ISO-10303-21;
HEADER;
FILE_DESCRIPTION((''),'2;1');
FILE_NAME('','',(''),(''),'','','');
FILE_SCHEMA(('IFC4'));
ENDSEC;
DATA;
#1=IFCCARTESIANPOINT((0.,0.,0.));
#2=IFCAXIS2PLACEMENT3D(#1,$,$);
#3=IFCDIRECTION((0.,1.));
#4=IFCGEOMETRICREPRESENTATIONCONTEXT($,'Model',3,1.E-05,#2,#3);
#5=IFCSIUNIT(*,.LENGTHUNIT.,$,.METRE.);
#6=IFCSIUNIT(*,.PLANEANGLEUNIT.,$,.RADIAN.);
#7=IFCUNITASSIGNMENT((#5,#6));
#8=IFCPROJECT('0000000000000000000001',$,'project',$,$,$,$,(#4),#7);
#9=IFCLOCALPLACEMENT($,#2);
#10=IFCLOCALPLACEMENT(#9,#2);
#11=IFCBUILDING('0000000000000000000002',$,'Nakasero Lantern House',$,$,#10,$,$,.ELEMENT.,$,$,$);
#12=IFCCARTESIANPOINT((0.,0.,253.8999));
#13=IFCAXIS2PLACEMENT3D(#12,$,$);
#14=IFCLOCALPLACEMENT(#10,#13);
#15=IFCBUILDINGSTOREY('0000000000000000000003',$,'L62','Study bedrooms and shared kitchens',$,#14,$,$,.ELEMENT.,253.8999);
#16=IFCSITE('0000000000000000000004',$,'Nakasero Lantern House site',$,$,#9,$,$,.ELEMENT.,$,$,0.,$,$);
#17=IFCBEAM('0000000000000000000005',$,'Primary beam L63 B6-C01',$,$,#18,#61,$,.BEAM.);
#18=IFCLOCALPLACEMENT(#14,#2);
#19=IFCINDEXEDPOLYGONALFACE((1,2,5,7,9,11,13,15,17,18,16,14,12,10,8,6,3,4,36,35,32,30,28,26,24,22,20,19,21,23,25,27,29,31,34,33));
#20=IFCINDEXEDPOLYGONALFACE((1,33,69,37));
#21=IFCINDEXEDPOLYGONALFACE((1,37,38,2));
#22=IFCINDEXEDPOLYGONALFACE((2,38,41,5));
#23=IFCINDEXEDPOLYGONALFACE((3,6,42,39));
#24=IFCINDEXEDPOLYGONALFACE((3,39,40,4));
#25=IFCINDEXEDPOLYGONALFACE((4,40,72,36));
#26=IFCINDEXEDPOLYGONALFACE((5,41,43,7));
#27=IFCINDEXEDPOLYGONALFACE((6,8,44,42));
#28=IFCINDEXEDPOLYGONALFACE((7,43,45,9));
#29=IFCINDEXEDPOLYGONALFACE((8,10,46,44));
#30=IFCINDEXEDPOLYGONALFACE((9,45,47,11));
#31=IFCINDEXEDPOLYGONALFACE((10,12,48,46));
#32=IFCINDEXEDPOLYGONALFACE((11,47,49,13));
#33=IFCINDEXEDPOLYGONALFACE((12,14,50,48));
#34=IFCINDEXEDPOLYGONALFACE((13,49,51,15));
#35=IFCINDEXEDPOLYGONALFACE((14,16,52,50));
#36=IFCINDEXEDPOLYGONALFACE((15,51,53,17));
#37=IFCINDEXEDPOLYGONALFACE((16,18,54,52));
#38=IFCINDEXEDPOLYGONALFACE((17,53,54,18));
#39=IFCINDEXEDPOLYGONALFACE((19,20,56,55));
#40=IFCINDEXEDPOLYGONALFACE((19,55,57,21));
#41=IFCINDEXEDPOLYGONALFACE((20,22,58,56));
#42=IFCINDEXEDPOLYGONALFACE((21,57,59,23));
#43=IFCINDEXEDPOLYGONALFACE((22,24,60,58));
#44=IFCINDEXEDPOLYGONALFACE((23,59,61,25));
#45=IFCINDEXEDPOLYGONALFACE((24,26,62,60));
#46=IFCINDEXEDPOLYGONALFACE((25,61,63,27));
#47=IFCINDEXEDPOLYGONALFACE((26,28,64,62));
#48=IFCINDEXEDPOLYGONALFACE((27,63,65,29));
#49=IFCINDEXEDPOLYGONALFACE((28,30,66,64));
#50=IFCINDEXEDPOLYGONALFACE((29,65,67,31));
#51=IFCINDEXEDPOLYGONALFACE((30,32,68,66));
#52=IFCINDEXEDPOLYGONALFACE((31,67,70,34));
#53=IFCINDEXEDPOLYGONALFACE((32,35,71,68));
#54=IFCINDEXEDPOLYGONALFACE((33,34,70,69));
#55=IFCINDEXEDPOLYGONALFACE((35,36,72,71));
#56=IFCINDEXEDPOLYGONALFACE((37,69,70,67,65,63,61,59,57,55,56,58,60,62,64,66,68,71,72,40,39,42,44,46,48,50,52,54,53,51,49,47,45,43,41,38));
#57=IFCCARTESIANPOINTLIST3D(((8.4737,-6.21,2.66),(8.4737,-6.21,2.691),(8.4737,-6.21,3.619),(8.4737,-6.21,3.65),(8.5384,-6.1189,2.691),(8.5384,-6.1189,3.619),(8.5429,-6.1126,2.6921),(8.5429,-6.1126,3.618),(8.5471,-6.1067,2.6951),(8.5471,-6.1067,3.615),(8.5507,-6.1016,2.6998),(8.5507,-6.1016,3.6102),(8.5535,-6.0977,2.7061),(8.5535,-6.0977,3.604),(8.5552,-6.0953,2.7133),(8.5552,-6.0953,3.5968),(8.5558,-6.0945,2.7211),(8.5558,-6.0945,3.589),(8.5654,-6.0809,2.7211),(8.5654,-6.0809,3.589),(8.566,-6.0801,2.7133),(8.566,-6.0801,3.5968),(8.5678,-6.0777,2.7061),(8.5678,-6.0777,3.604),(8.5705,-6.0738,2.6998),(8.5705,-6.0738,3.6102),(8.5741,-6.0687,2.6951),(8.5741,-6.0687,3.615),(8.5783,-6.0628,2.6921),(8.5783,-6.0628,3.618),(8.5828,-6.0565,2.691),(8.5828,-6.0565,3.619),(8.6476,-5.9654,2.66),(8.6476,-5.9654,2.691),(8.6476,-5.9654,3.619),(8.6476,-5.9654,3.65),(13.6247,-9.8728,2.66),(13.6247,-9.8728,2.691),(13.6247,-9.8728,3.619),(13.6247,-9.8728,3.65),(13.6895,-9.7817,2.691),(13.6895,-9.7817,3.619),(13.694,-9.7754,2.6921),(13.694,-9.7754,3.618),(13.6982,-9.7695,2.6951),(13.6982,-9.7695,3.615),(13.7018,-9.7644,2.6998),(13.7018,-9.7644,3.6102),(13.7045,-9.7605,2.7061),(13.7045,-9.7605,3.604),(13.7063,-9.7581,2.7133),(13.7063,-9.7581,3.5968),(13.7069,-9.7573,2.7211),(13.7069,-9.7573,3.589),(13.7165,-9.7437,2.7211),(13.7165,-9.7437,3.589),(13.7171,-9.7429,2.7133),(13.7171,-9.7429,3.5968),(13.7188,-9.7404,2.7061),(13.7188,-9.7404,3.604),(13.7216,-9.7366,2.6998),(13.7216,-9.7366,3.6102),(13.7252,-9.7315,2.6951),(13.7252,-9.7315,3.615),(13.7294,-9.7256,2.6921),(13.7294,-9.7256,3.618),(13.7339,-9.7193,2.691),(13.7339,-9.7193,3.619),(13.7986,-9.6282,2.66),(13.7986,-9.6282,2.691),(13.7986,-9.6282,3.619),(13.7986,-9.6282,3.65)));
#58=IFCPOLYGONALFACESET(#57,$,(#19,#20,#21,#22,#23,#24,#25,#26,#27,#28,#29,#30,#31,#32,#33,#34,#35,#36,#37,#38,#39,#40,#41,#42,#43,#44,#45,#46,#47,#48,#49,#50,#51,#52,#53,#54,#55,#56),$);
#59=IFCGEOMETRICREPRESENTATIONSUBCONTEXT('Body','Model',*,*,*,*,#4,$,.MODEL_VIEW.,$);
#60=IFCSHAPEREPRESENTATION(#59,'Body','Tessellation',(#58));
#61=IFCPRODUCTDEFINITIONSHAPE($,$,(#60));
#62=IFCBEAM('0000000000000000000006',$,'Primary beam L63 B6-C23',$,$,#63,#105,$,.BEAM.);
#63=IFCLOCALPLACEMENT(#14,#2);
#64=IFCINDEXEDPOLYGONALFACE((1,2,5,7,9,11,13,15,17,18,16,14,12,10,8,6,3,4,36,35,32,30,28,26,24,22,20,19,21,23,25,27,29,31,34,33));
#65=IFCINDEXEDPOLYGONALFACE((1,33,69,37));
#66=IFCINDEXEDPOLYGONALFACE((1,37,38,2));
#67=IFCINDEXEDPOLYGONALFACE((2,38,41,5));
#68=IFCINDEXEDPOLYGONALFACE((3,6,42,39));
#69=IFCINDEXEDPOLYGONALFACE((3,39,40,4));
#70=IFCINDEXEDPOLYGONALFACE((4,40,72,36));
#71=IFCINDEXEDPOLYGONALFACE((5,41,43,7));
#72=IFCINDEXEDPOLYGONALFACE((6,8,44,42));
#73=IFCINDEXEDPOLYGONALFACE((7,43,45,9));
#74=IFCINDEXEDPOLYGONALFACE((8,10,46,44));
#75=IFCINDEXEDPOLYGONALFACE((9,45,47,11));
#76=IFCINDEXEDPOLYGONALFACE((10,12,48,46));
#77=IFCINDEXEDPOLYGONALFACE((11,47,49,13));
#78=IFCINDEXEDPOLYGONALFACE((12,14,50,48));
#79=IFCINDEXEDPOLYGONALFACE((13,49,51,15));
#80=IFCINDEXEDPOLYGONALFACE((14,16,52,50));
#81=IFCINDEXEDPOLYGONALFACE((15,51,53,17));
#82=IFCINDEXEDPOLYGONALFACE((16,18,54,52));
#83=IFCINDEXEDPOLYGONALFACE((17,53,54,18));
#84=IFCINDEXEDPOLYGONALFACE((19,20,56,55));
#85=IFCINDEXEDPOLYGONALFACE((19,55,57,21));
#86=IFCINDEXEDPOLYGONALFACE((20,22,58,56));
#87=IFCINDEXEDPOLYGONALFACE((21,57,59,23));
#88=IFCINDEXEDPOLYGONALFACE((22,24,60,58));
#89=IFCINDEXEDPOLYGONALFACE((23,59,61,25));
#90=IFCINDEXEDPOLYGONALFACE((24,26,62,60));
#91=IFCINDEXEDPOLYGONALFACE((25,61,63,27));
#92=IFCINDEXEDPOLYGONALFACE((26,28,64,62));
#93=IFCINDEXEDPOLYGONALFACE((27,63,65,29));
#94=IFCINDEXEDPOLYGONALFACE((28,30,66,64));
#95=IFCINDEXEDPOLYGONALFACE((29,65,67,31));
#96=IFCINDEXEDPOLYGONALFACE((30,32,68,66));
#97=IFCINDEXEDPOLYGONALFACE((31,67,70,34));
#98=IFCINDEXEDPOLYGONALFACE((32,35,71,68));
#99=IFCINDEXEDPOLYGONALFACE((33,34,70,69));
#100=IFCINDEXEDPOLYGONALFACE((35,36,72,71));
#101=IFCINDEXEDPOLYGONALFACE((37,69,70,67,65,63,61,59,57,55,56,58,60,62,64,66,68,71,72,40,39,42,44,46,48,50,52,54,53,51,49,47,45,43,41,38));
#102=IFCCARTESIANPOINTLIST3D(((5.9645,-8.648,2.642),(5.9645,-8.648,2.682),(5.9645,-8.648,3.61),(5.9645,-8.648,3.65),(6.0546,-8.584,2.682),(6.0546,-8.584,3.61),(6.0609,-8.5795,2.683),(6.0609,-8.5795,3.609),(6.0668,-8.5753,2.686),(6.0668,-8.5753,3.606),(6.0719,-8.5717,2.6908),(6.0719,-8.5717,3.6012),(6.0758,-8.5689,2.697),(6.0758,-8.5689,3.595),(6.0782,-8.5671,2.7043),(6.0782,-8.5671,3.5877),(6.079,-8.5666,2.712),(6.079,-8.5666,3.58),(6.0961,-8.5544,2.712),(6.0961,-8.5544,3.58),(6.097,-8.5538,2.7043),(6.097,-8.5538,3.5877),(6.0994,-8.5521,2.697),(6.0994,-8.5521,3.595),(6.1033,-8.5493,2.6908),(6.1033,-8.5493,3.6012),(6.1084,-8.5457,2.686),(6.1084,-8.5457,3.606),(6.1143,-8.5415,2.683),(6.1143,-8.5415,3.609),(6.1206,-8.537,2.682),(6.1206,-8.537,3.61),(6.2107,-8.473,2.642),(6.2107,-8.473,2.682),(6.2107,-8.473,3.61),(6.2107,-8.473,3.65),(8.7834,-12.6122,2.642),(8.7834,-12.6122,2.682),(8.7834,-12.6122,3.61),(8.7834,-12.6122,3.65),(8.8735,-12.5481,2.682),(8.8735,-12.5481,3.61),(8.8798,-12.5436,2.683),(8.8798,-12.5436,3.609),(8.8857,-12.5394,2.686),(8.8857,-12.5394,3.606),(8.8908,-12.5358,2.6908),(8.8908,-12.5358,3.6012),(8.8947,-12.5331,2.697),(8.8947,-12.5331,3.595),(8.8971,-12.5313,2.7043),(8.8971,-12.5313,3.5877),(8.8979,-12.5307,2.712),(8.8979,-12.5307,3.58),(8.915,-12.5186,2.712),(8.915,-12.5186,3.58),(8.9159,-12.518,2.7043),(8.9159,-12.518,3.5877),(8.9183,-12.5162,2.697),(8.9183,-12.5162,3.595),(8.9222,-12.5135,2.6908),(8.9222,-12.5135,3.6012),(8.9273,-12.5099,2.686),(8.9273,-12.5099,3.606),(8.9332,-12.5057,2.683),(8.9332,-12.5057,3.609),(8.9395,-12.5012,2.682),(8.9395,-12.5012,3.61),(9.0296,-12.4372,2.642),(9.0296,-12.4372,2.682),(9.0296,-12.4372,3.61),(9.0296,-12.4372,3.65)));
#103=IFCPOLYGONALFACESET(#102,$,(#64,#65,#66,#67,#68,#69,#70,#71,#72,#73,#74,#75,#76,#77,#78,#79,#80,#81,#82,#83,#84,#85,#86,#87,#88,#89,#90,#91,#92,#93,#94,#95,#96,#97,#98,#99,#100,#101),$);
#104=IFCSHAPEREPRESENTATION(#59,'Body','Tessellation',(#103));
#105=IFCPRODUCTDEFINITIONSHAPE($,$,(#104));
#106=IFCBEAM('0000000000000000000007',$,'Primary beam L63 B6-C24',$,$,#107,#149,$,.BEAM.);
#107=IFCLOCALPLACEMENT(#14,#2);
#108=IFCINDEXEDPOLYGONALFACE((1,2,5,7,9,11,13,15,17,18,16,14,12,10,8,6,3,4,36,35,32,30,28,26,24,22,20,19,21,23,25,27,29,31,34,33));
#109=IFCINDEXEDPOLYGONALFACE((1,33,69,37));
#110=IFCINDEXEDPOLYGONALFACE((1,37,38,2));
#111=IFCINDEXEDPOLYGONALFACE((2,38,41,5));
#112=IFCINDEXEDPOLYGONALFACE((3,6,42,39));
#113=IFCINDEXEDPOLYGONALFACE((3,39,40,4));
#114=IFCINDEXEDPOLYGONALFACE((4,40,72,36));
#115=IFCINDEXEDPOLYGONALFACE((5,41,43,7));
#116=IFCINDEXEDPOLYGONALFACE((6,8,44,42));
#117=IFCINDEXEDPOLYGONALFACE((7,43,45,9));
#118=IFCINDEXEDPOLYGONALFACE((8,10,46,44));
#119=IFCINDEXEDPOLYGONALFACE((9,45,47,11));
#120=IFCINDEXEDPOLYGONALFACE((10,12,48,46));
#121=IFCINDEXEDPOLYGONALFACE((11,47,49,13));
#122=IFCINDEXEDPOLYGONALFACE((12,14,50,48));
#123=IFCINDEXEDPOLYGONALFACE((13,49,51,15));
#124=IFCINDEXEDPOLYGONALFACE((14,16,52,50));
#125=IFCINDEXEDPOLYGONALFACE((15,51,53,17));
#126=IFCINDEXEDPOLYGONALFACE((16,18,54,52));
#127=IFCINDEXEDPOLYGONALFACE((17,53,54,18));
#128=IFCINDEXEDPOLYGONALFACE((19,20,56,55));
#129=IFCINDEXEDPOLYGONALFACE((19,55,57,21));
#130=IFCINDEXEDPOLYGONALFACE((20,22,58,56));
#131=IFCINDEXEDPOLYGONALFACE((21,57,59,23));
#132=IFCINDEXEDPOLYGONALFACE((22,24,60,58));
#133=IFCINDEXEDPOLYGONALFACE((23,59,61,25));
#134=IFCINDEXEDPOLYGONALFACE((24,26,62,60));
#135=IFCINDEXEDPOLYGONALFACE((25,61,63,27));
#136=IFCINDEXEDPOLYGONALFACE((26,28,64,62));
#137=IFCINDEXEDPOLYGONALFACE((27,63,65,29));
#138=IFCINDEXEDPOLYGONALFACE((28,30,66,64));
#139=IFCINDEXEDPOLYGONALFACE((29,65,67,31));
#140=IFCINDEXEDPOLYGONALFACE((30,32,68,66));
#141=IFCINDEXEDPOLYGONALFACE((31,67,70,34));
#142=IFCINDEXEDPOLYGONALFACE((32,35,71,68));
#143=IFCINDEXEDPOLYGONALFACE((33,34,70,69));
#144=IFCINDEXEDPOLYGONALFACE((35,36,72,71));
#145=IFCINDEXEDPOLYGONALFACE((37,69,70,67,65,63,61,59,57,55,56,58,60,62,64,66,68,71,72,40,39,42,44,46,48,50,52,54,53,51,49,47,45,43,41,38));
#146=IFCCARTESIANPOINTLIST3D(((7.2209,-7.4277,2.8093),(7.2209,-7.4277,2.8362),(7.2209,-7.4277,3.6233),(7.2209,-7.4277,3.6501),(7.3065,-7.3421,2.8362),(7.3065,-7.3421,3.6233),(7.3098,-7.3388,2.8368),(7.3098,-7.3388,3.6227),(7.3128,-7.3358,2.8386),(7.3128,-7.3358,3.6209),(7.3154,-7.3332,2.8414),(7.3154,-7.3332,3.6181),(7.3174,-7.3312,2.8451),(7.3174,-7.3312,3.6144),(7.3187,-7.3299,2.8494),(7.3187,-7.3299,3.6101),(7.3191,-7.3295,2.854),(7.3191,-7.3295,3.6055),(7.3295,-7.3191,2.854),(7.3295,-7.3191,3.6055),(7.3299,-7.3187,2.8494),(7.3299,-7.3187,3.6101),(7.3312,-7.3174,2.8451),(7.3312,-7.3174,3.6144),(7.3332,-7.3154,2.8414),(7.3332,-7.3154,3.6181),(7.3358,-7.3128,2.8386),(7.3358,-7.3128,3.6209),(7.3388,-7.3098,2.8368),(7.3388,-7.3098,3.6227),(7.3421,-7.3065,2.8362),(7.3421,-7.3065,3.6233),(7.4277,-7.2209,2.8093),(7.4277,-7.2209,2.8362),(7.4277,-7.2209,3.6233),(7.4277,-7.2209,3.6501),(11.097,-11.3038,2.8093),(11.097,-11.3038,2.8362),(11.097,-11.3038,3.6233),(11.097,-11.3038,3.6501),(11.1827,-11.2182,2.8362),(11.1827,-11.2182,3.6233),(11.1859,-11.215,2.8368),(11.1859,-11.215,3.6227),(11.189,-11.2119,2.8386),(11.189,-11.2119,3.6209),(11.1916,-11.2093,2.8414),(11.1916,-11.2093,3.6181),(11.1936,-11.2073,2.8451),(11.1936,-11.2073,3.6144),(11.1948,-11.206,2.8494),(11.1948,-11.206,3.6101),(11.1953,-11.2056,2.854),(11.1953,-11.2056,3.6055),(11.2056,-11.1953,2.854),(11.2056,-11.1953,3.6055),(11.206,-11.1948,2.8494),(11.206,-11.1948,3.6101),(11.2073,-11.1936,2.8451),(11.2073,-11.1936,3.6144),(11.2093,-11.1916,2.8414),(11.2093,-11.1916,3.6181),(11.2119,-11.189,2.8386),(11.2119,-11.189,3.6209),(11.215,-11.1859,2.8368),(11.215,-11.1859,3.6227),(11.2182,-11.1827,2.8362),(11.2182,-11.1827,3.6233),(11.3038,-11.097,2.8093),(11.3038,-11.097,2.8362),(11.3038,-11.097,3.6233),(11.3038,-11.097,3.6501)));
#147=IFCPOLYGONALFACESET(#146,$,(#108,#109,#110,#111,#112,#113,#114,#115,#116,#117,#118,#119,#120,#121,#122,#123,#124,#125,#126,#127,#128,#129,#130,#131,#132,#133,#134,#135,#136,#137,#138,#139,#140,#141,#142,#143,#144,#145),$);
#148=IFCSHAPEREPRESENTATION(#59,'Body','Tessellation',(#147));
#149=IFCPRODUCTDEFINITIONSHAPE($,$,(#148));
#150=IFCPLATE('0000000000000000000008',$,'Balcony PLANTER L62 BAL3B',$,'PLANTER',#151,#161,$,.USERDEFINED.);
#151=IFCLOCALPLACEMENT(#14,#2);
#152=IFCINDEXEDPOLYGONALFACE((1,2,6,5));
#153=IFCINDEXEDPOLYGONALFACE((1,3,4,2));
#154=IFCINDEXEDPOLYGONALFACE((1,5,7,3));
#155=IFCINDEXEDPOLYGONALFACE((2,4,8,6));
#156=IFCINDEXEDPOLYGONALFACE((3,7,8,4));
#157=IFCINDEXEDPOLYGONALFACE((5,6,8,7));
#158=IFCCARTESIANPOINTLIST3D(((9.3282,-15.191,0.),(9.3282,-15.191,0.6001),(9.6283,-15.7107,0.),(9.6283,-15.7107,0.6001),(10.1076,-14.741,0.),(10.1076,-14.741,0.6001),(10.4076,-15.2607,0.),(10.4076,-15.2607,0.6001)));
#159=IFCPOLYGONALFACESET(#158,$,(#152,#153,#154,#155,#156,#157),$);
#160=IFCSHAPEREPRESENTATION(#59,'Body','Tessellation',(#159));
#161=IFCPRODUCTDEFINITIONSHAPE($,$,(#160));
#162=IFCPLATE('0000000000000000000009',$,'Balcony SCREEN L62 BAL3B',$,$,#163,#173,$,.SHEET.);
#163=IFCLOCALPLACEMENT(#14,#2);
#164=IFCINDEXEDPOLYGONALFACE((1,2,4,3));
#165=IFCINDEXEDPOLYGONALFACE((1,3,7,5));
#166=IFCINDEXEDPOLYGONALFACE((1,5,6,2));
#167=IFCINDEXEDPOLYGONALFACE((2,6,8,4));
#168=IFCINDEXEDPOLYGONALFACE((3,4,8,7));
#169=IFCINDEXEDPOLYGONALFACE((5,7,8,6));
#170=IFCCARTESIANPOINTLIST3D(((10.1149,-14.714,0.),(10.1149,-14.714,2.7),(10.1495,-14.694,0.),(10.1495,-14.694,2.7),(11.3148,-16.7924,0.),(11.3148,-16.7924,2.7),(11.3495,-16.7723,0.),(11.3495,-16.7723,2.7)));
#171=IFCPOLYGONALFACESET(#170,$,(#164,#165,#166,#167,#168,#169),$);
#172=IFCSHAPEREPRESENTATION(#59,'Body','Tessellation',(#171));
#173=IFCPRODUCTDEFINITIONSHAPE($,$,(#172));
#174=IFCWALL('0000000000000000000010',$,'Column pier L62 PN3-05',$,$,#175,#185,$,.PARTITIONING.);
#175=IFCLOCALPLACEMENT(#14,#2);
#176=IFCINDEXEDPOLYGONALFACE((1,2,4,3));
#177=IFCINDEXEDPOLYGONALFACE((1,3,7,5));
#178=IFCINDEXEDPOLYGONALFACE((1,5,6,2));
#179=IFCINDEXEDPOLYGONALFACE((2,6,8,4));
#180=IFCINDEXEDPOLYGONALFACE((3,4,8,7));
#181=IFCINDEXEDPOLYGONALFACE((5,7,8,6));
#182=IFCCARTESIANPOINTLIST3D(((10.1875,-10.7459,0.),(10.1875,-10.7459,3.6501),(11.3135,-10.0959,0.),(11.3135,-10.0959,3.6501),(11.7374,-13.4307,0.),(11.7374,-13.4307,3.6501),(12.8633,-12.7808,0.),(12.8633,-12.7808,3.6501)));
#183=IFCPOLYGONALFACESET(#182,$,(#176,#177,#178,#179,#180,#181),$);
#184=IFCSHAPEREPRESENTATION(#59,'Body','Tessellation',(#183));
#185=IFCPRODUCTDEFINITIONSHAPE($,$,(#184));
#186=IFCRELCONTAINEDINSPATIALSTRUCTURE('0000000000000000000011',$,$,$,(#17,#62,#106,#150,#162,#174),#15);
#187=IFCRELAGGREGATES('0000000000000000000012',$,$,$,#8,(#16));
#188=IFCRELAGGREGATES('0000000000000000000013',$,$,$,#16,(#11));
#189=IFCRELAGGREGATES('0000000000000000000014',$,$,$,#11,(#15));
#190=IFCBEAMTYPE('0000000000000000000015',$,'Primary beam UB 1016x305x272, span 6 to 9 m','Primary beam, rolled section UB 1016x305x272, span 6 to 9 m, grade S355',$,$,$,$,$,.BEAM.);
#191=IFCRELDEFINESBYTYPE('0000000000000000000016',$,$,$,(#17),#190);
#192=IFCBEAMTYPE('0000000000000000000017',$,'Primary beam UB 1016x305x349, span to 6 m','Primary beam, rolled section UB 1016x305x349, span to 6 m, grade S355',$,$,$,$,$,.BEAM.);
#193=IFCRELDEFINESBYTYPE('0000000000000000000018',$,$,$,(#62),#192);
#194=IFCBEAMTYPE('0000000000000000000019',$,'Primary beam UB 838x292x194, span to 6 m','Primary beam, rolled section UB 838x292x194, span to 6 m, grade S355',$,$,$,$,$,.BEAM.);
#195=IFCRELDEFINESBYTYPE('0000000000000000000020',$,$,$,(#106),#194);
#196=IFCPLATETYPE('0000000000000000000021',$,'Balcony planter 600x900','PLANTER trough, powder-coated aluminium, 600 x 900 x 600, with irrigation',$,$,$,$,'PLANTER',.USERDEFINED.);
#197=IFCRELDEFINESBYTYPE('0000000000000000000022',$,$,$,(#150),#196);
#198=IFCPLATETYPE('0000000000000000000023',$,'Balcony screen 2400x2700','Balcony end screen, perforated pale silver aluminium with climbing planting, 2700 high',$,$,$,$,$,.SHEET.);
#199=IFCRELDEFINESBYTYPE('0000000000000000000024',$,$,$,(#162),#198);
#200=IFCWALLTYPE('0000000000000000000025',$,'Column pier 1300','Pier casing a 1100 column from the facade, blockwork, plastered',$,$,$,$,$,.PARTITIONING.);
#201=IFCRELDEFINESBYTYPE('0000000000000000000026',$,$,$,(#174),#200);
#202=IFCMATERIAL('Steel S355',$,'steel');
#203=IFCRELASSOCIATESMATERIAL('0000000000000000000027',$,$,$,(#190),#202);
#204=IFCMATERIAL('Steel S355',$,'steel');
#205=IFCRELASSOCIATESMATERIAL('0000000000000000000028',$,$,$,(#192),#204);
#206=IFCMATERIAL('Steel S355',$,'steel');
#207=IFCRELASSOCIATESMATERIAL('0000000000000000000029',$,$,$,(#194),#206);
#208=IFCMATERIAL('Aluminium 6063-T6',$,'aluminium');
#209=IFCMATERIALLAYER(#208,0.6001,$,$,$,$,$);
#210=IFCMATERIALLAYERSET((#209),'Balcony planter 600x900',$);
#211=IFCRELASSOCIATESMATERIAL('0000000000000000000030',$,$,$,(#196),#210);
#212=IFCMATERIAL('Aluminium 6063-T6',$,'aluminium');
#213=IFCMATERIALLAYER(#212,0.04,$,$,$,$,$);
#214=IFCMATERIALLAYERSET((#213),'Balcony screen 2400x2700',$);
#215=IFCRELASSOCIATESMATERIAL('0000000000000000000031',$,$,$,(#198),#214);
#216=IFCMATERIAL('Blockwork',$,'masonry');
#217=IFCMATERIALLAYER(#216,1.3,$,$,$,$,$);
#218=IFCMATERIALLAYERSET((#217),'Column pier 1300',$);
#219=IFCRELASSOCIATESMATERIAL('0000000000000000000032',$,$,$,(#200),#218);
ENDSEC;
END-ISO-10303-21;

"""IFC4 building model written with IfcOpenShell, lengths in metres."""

from ifc_helpers import new_model, si_unit, direction, frame, frame_2d, origin, origin_2d, place, context, subcontext, project, spatial, rectangle, i_section, extrude, material, layer, layer_set, material_profile, profile_set, type_object, element, save


model = new_model("IFC4")

# Units and contexts
model_context = context("Model", 3, precision=1e-05, world=origin(), true_north=direction((0.0, 1.0)))
body_context = subcontext(model_context, "Body", "Model", "MODEL_VIEW")
ifc_project = project(units=[si_unit("LENGTHUNIT", "METRE"), si_unit("PLANEANGLEUNIT", "RADIAN")], contexts=[model_context])

# Site, building, storey
site_placement = place(None, origin())
site = spatial("IfcSite", under=ifc_project, at=site_placement, Name="Nakasero Lantern House site", CompositionType="ELEMENT", RefElevation=0.0)
building_placement = place(site_placement, origin())
building = spatial("IfcBuilding", under=site, at=building_placement, Name="Nakasero Lantern House", CompositionType="ELEMENT")
storey_placement = place(building_placement, frame((0.0, 0.0, 253.8999)))
storey = spatial("IfcBuildingStorey", under=building, at=storey_placement, Name="L62", Description="Study bedrooms and shared kitchens", CompositionType="ELEMENT", Elevation=253.8999)

# Beams
ifc_material_1 = material(Name="Steel S355", Category="steel")
ifc_material_profile_1 = material_profile(ifc_material_1, i_section(OverallWidth=0.3, OverallDepth=0.99, WebThickness=0.0166, FlangeThickness=0.031, FilletRadius=0.03, at=origin_2d()), Name="UB 1016x305x272")
ifc_profile_set_1 = profile_set([ifc_material_profile_1], Name="Steel S355")
beam_type_1 = type_object("IfcBeamType", Name="Primary beam UB 1016x305x272, span 6 to 9 m", Description="Primary beam, rolled section UB 1016x305x272, span 6 to 9 m, grade S355", PredefinedType="BEAM", material=ifc_profile_set_1)
beam_1_placement = place(storey_placement, frame((13.7117, -9.7505, 3.155), z_axis=(-0.814969, 0.579505, 0.0), x_axis=(-0.579505, -0.814969, 0.0)))
element("IfcBeam", 1, at=beam_1_placement, inside=storey, type_object=beam_type_1, Name="Primary beam L63 B6-C01", PredefinedType="BEAM", context=body_context, shape_type="SweptSolid", body=[
    extrude(i_section(OverallWidth=0.3, OverallDepth=0.99, WebThickness=0.0166, FlangeThickness=0.031, FilletRadius=0.03, at=origin_2d()), origin(), (0.0, 0.0, 1.0), 6.3206),
])
ifc_material_2 = material(Name="Steel S355", Category="steel")
ifc_material_profile_2 = material_profile(ifc_material_2, i_section(OverallWidth=0.302, OverallDepth=1.0081, WebThickness=0.021, FlangeThickness=0.04, FilletRadius=0.03, at=origin_2d()), Name="UB 1016x305x349")
ifc_profile_set_2 = profile_set([ifc_material_profile_2], Name="Steel S355")
beam_type_2 = type_object("IfcBeamType", Name="Primary beam UB 1016x305x349, span to 6 m", Description="Primary beam, rolled section UB 1016x305x349, span to 6 m, grade S355", PredefinedType="BEAM", material=ifc_profile_set_2)
beam_2_placement = place(storey_placement, frame((8.9065, -12.5247, 3.146), z_axis=(-0.579513, 0.814963, 0.0), x_axis=(-0.814963, -0.579513, 0.0)))
element("IfcBeam", 2, at=beam_2_placement, inside=storey, type_object=beam_type_2, Name="Primary beam L63 B6-C23", PredefinedType="BEAM", context=body_context, shape_type="SweptSolid", body=[
    extrude(i_section(OverallWidth=0.302, OverallDepth=1.0081, WebThickness=0.021, FlangeThickness=0.04, FilletRadius=0.03, at=origin_2d()), origin(), (0.0, 0.0, 1.0), 4.8643),
])
ifc_material_3 = material(Name="Steel S355", Category="steel")
ifc_material_profile_3 = material_profile(ifc_material_3, i_section(OverallWidth=0.2925, OverallDepth=0.8408, WebThickness=0.0146, FlangeThickness=0.0269, FilletRadius=0.0178, at=origin_2d()), Name="UB 838x292x194")
ifc_profile_set_3 = profile_set([ifc_material_profile_3], Name="Steel S355")
beam_type_3 = type_object("IfcBeamType", Name="Primary beam UB 838x292x194, span to 6 m", Description="Primary beam, rolled section UB 838x292x194, span to 6 m, grade S355", PredefinedType="BEAM", material=ifc_profile_set_3)
beam_3_placement = place(storey_placement, frame((11.2004, -11.2004, 3.2297), z_axis=(-0.707107, 0.707107, 0.0), x_axis=(-0.707107, -0.707107, 0.0)))
element("IfcBeam", 3, at=beam_3_placement, inside=storey, type_object=beam_type_3, Name="Primary beam L63 B6-C24", PredefinedType="BEAM", context=body_context, shape_type="SweptSolid", body=[
    extrude(i_section(OverallWidth=0.2925, OverallDepth=0.8408, WebThickness=0.0146, FlangeThickness=0.0269, FilletRadius=0.0178, at=origin_2d()), origin(), (0.0, 0.0, 1.0), 5.4817),
])

# Plates
ifc_material_4 = material(Name="Aluminium 6063-T6", Category="aluminium")
ifc_layer_1 = layer(ifc_material_4, 0.6001)
ifc_layer_set_1 = layer_set([ifc_layer_1], Name="Balcony planter 600x900")
plate_type_1 = type_object("IfcPlateType", Name="Balcony planter 600x900", Description="PLANTER trough, powder-coated aluminium, 600 x 900 x 600, with irrigation", ElementType="PLANTER", PredefinedType="USERDEFINED", material=ifc_layer_set_1)
plate_1_placement = place(storey_placement, frame((9.8679, -15.2258, 0.0), z_axis=(0.0, 0.0, 1.0), x_axis=(0.5, -0.866025, 0.0)))
element("IfcPlate", 4, at=plate_1_placement, inside=storey, type_object=plate_type_1, Name="Balcony PLANTER L62 BAL3B", ObjectType="PLANTER", PredefinedType="USERDEFINED", context=body_context, shape_type="SweptSolid", body=[
    extrude(rectangle(XDim=0.6001, YDim=0.8999, at=origin_2d()), origin(), (0.0, 0.0, 1.0), 0.6001),
])
ifc_material_5 = material(Name="Aluminium 6063-T6", Category="aluminium")
ifc_layer_2 = layer(ifc_material_5, 0.04)
ifc_layer_set_2 = layer_set([ifc_layer_2], Name="Balcony screen 2400x2700")
plate_type_2 = type_object("IfcPlateType", Name="Balcony screen 2400x2700", Description="Balcony end screen, perforated pale silver aluminium with climbing planting, 2700 high", PredefinedType="SHEET", material=ifc_layer_set_2)
plate_2_placement = place(storey_placement, frame((10.7322, -15.7432, 0.0), z_axis=(0.0, 0.0, 1.0), x_axis=(0.5, -0.866025, 0.0)))
element("IfcPlate", 5, at=plate_2_placement, inside=storey, type_object=plate_type_2, Name="Balcony SCREEN L62 BAL3B", PredefinedType="SHEET", context=body_context, shape_type="SweptSolid", body=[
    extrude(rectangle(XDim=2.3999, YDim=0.04, at=origin_2d()), origin(), (0.0, 0.0, 1.0), 2.7),
])

# Wall
ifc_material_6 = material(Name="Blockwork", Category="masonry")
ifc_layer_3 = layer(ifc_material_6, 1.3)
ifc_layer_set_3 = layer_set([ifc_layer_3], Name="Column pier 1300")
wall_type_1 = type_object("IfcWallType", Name="Column pier 1300", Description="Pier casing a 1100 column from the facade, blockwork, plastered", PredefinedType="PARTITIONING", material=ifc_layer_set_3)
wall_1_placement = place(storey_placement, frame((10.7505, -10.4209, 0.0), z_axis=(0.0, 0.0, 1.0), x_axis=(0.499934, -0.866064, 0.0)))
element("IfcWall", 6, at=wall_1_placement, inside=storey, type_object=wall_type_1, Name="Column pier L62 PN3-05", PredefinedType="PARTITIONING", context=body_context, shape_type="SweptSolid", body=[
    extrude(rectangle(XDim=3.1001, YDim=1.3, at=frame_2d((1.55, 0.0))), origin(), (0.0, 0.0, 1.0), 3.6501),
])

save(model, "model.ifc")
